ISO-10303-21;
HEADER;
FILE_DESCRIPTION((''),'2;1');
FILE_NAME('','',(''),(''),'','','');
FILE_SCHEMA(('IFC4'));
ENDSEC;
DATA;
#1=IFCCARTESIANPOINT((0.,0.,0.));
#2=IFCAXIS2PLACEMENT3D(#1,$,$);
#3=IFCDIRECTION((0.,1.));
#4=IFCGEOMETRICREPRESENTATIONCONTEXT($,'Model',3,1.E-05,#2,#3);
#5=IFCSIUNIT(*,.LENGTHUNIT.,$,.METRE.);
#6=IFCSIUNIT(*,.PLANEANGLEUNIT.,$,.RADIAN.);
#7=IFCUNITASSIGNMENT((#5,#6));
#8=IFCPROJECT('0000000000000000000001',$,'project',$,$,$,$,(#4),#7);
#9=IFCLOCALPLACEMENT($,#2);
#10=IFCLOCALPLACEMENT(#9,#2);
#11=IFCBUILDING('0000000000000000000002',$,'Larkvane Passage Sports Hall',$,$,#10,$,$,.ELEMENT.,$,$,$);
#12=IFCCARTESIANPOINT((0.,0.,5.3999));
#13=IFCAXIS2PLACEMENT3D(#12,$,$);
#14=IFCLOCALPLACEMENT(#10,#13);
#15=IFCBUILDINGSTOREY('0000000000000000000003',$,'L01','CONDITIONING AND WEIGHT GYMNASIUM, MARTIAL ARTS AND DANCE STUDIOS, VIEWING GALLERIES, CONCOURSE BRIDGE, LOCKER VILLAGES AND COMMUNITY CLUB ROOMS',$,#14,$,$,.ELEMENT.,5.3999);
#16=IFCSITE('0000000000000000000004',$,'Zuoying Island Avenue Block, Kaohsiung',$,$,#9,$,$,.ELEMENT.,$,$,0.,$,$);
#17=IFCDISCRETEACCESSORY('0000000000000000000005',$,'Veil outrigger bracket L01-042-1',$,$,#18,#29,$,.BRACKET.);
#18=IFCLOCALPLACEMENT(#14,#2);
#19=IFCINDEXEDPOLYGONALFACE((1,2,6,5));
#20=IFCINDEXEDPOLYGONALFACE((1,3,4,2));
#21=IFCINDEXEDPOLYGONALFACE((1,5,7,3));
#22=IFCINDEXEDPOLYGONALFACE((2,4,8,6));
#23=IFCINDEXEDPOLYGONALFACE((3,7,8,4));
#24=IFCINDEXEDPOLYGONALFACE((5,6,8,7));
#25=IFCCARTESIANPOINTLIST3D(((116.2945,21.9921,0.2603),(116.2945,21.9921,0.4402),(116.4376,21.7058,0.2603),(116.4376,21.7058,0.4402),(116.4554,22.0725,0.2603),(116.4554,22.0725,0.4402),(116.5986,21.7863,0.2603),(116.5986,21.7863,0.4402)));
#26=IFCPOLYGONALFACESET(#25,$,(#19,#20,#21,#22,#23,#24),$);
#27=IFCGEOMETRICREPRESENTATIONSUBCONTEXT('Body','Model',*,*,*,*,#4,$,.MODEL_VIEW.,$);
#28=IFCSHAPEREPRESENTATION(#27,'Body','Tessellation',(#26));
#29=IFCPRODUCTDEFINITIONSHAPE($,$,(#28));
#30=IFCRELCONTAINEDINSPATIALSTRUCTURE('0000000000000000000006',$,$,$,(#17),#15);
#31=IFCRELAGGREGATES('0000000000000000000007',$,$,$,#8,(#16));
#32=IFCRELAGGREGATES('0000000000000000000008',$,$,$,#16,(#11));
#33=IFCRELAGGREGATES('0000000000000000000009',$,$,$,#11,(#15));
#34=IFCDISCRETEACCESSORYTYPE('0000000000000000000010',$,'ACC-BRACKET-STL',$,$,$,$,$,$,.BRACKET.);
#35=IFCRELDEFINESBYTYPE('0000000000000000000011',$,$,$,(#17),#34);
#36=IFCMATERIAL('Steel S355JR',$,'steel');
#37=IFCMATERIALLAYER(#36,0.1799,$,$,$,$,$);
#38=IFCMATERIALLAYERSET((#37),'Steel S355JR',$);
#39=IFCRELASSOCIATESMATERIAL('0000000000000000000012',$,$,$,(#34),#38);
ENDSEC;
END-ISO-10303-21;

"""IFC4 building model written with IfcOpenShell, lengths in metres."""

from ifc_helpers import new_model, si_unit, direction, frame, origin, origin_2d, place, context, subcontext, project, spatial, rectangle, extrude, material, layer, layer_set, type_object, element, save


model = new_model("IFC4")

# Units and contexts
model_context = context("Model", 3, precision=1e-05, world=origin(), true_north=direction((0.0, 1.0)))
body_context = subcontext(model_context, "Body", "Model", "MODEL_VIEW")
ifc_project = project(units=[si_unit("LENGTHUNIT", "METRE"), si_unit("PLANEANGLEUNIT", "RADIAN")], contexts=[model_context])

# Site, building, storey
site_placement = place(None, origin())
site = spatial("IfcSite", under=ifc_project, at=site_placement, Name="Zuoying Island Avenue Block, Kaohsiung", CompositionType="ELEMENT", RefElevation=0.0)
building_placement = place(site_placement, origin())
building = spatial("IfcBuilding", under=site, at=building_placement, Name="Larkvane Passage Sports Hall", CompositionType="ELEMENT")
storey_placement = place(building_placement, frame((0.0, 0.0, 5.3999)))
storey = spatial("IfcBuildingStorey", under=building, at=storey_placement, Name="L01", Description="CONDITIONING AND WEIGHT GYMNASIUM, MARTIAL ARTS AND DANCE STUDIOS, VIEWING GALLERIES, CONCOURSE BRIDGE, LOCKER VILLAGES AND COMMUNITY CLUB ROOMS", CompositionType="ELEMENT", Elevation=5.3999)

# Discrete accessory
ifc_material_1 = material(Name="Steel S355JR", Category="steel")
ifc_layer_1 = layer(ifc_material_1, 0.1799)
ifc_layer_set_1 = layer_set([ifc_layer_1], Name="Steel S355JR")
discrete_accessory_type = type_object("IfcDiscreteAccessoryType", Name="ACC-BRACKET-STL", PredefinedType="BRACKET", material=ifc_layer_set_1)
discrete_accessory_placement = place(storey_placement, frame((116.4465, 21.8892, 0.2603), z_axis=(0.0, 0.0, 1.0), x_axis=(-0.894427, -0.447214, 0.0)))
element("IfcDiscreteAccessory", 1, at=discrete_accessory_placement, inside=storey, type_object=discrete_accessory_type, Name="Veil outrigger bracket L01-042-1", PredefinedType="BRACKET", context=body_context, shape_type="SweptSolid", body=[
    extrude(rectangle(XDim=0.1799, YDim=0.3201, at=origin_2d()), origin(), (0.0, 0.0, 1.0), 0.1799),
])

save(model, "model.ifc")
